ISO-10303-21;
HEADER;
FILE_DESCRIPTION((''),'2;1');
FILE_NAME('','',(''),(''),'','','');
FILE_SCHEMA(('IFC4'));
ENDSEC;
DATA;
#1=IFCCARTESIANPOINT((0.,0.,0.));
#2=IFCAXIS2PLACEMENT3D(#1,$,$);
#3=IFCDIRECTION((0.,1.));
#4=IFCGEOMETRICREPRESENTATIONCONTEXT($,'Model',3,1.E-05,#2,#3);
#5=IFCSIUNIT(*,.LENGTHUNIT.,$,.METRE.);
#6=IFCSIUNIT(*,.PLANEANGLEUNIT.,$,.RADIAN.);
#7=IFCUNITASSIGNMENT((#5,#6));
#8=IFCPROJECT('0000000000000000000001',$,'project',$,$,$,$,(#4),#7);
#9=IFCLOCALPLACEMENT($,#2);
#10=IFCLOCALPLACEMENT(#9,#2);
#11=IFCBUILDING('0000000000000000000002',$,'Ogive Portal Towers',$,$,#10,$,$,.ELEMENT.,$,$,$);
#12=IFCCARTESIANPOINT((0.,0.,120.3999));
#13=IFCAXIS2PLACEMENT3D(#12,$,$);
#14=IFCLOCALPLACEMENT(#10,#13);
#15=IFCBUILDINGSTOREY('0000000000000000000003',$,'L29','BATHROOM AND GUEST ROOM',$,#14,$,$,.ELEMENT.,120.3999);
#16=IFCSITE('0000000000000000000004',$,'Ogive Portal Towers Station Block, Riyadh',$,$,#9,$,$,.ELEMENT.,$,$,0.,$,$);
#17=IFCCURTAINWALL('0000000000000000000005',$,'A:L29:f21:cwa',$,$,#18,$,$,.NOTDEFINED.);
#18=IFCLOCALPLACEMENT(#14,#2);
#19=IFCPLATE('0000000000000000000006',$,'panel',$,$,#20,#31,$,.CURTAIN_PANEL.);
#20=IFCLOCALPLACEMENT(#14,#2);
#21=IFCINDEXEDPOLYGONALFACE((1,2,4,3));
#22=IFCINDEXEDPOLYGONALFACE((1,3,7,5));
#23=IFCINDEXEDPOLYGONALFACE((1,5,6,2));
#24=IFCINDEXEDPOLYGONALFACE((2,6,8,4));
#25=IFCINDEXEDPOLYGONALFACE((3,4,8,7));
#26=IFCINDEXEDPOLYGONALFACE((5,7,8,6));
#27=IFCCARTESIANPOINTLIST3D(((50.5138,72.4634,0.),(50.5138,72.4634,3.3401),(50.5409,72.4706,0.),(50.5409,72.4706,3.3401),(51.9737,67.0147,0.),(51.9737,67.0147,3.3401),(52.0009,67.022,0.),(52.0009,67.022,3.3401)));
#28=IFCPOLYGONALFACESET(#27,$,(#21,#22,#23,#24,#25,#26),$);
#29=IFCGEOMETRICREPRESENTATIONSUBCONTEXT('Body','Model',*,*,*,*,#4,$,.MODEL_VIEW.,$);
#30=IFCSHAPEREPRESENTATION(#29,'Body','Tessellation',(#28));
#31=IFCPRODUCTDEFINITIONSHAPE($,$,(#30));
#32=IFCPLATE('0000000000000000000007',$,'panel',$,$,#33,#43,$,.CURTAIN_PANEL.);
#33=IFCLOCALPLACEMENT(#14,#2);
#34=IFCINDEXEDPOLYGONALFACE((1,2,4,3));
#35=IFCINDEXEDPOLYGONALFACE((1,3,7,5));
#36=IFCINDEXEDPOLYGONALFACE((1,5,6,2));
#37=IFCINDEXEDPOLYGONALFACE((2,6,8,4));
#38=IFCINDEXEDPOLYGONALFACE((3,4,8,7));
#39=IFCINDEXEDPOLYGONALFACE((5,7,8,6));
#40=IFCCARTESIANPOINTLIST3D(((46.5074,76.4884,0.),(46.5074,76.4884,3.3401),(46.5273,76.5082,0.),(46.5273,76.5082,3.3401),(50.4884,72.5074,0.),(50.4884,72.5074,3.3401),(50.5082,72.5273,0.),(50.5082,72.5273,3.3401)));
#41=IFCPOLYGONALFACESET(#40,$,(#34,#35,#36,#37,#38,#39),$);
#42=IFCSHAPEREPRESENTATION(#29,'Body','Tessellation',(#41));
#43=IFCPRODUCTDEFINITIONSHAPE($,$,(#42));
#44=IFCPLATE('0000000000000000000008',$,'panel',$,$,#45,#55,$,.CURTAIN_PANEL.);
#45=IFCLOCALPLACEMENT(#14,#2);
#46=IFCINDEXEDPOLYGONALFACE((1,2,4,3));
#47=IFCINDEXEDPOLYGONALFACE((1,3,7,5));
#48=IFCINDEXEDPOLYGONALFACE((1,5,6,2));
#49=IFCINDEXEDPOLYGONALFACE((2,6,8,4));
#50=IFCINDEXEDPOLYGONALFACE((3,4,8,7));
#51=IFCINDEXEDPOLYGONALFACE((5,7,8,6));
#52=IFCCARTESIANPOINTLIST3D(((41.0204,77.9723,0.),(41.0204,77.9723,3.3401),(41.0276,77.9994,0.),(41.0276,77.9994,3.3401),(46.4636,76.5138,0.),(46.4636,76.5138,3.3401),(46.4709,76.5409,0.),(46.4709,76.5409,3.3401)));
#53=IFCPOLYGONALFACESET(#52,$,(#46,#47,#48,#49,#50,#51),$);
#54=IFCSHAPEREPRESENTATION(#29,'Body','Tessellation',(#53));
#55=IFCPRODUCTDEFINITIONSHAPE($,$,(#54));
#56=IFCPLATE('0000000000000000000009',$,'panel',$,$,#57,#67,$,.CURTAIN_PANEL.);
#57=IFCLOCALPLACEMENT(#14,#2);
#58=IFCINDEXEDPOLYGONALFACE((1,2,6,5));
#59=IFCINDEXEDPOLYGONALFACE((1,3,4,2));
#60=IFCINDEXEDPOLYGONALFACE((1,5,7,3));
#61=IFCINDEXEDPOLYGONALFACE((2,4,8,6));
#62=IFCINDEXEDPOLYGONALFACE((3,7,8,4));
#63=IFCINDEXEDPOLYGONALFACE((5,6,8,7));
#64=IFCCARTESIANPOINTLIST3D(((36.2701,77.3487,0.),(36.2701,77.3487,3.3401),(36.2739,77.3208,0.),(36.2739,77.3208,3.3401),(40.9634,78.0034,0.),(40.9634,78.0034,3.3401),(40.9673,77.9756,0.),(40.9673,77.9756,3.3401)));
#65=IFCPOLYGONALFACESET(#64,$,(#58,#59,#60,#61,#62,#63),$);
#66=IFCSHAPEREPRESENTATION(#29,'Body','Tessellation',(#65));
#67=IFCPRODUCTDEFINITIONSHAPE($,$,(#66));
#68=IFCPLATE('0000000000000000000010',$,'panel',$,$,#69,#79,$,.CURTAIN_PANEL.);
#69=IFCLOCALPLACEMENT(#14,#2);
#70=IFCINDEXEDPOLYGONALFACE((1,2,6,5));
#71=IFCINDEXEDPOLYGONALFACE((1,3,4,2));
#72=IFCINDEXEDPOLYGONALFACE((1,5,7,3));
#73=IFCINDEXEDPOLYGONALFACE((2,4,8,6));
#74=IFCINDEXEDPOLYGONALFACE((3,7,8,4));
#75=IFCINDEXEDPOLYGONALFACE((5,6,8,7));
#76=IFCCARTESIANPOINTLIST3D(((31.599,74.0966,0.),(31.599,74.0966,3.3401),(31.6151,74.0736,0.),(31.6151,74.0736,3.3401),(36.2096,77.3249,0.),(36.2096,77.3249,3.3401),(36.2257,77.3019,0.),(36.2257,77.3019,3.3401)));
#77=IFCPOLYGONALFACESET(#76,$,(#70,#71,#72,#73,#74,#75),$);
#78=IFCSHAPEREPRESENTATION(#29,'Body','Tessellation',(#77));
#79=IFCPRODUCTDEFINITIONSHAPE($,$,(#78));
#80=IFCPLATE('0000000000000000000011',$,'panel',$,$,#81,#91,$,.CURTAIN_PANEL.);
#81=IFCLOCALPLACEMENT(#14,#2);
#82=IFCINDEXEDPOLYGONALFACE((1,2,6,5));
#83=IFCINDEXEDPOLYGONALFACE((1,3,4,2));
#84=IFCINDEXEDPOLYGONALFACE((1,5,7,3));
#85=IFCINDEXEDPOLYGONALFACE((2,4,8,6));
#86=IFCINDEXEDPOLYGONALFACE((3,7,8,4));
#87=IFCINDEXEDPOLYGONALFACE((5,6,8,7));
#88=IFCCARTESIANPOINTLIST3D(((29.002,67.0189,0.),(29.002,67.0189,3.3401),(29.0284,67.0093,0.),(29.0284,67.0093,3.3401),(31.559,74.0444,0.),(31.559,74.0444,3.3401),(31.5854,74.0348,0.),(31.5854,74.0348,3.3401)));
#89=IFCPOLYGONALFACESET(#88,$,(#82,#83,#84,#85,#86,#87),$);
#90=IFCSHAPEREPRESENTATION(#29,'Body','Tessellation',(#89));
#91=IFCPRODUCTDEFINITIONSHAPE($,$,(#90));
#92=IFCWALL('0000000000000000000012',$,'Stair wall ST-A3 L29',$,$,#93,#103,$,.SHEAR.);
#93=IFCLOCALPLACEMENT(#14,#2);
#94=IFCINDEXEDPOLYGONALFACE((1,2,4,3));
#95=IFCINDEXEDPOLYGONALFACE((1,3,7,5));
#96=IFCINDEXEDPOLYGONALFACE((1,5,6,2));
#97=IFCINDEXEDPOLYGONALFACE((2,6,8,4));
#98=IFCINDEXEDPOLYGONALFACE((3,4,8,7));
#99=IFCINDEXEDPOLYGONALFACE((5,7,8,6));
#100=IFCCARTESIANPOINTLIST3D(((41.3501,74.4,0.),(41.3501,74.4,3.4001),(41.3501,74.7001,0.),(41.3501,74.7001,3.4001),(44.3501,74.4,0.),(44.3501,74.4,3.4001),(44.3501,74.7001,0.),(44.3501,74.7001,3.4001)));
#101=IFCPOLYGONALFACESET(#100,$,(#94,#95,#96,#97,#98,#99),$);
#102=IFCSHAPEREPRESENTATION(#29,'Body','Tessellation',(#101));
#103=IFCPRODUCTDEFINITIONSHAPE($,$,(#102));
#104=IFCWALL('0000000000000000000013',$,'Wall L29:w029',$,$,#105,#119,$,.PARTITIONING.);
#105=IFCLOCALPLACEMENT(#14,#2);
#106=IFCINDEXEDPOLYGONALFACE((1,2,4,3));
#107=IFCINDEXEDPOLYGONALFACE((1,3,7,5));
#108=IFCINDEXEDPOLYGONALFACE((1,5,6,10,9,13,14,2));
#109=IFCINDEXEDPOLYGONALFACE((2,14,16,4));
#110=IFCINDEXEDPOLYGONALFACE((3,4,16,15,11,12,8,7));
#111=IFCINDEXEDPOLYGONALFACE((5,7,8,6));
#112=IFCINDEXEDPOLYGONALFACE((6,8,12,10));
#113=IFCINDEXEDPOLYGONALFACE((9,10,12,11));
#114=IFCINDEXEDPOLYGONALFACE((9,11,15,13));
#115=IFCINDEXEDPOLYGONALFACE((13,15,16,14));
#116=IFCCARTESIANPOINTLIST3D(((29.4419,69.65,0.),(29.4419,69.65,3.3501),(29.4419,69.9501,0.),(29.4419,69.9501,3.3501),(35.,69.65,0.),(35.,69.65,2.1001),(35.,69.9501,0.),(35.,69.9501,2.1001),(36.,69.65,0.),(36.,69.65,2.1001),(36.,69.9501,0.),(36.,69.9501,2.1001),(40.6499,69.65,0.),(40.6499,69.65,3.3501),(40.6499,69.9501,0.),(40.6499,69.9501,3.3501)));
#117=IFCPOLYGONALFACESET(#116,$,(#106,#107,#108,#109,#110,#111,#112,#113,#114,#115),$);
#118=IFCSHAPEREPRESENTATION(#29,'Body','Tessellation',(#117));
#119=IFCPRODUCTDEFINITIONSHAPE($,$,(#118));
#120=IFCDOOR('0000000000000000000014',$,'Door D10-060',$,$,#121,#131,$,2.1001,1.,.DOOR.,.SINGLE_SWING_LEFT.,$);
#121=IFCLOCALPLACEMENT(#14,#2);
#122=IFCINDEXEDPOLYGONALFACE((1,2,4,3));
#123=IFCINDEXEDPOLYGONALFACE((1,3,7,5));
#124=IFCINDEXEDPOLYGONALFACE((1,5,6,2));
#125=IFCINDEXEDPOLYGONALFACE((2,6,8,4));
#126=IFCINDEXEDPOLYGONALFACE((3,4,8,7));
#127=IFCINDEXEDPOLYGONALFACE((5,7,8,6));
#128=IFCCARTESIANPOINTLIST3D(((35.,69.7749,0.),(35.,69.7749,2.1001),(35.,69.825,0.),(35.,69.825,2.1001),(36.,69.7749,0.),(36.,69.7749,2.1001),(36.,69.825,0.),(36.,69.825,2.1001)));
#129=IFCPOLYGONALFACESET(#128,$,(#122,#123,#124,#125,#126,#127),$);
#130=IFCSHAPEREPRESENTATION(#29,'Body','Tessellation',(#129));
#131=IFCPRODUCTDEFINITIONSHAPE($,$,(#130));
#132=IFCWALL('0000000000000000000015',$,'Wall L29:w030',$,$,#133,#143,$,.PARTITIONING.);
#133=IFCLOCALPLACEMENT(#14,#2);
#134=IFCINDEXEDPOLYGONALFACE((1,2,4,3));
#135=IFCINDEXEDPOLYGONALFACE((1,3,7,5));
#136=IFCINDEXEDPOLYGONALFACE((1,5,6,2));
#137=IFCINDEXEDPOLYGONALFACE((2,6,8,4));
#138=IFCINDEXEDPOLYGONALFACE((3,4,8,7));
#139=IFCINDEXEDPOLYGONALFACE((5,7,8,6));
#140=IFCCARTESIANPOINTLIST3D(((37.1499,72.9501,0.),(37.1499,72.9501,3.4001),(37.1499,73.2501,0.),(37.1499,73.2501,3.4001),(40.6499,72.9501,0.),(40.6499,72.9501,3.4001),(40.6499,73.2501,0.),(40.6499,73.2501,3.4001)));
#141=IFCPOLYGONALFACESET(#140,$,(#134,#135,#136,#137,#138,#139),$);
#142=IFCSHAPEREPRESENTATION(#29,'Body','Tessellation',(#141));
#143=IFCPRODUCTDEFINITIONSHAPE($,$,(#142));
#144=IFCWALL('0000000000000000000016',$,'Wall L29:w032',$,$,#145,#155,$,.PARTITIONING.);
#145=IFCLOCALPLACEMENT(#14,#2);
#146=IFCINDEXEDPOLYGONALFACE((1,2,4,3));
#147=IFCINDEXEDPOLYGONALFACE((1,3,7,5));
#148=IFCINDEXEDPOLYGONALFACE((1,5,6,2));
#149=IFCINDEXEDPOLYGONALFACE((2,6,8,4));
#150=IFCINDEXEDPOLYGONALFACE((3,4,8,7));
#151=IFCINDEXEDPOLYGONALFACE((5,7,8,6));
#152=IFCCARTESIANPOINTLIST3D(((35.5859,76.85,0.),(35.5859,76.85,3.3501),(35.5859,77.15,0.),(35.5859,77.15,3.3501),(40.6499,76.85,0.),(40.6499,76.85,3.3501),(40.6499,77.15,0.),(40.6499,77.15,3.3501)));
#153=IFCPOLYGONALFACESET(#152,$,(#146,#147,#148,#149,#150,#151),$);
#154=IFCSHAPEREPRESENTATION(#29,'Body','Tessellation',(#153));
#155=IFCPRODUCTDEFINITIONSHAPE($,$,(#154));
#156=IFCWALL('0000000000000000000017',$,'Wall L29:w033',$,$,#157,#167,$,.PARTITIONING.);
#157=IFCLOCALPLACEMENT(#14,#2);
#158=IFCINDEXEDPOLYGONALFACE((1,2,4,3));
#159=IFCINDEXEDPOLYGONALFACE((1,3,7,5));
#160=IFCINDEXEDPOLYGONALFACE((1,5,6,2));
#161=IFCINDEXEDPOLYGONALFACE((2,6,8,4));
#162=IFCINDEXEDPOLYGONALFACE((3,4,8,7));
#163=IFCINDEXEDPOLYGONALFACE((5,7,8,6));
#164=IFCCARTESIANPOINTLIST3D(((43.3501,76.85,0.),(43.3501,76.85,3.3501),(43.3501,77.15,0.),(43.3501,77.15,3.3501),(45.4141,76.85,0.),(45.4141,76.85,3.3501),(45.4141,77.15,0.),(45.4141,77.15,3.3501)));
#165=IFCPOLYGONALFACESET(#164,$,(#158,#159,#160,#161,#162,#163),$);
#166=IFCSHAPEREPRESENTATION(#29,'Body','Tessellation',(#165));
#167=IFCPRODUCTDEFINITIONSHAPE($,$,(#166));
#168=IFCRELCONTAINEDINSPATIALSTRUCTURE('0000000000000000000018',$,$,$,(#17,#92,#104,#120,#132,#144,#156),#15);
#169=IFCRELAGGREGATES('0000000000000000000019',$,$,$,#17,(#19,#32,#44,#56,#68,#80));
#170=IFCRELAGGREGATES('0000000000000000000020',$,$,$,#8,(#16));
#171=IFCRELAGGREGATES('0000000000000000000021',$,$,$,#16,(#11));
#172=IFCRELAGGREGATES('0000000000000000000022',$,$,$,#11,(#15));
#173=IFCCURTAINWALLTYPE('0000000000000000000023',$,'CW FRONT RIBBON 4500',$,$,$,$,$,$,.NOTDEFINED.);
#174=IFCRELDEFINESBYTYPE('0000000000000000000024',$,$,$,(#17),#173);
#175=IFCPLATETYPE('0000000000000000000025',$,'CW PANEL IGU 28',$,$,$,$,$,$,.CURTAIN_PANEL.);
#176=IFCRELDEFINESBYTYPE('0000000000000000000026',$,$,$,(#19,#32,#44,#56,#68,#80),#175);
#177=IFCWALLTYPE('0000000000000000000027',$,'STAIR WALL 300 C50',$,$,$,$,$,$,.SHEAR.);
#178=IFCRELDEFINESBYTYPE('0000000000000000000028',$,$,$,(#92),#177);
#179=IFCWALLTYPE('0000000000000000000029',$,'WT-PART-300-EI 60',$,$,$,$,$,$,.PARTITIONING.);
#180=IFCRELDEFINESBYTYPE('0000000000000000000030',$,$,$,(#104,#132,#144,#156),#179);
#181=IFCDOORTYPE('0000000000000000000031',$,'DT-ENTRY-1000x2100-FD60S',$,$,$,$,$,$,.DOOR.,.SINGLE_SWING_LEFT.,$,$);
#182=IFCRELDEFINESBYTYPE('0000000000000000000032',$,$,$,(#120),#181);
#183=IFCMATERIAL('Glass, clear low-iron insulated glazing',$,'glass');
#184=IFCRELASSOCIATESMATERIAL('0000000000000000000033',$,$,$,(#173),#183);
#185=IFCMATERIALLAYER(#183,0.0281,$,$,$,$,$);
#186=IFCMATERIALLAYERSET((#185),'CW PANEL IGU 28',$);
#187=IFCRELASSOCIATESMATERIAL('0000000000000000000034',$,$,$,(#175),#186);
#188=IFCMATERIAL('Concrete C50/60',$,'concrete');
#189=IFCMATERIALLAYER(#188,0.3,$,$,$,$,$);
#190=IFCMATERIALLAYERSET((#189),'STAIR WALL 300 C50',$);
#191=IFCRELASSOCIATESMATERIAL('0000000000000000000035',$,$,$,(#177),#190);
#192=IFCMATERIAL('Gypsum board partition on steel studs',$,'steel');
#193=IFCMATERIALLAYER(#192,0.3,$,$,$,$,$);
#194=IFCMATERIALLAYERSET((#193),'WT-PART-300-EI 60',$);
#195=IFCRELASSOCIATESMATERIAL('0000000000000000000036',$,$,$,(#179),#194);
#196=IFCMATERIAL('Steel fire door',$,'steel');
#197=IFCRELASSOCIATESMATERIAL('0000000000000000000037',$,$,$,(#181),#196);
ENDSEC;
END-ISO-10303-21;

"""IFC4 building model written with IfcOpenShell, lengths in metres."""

from ifc_helpers import new_model, si_unit, direction, frame, frame_2d, origin, origin_2d, place, context, subcontext, project, spatial, rectangle, extrude, material, layer, layer_set, type_object, element, fill, aggregate, save


model = new_model("IFC4")

# Units and contexts
model_context = context("Model", 3, precision=1e-05, world=origin(), true_north=direction((0.0, 1.0)))
body_context = subcontext(model_context, "Body", "Model", "MODEL_VIEW")
ifc_project = project(units=[si_unit("LENGTHUNIT", "METRE"), si_unit("PLANEANGLEUNIT", "RADIAN")], contexts=[model_context])

# Site, building, storey
site_placement = place(None, origin())
site = spatial("IfcSite", under=ifc_project, at=site_placement, Name="Ogive Portal Towers Station Block, Riyadh", CompositionType="ELEMENT", RefElevation=0.0)
building_placement = place(site_placement, origin())
building = spatial("IfcBuilding", under=site, at=building_placement, Name="Ogive Portal Towers", CompositionType="ELEMENT")
storey_placement = place(building_placement, frame((0.0, 0.0, 120.3999)))
storey = spatial("IfcBuildingStorey", under=building, at=storey_placement, Name="L29", Description="BATHROOM AND GUEST ROOM", CompositionType="ELEMENT", Elevation=120.3999)

# Curtain wall, plates
ifc_material_1 = material(Name="Glass, clear low-iron insulated glazing", Category="glass")
curtain_wall_type = type_object("IfcCurtainWallType", Name="CW FRONT RIBBON 4500", PredefinedType="NOTDEFINED", material=ifc_material_1)
curtain_wall_placement = place(storey_placement, origin())
curtain_wall = element("IfcCurtainWall", 1, at=curtain_wall_placement, inside=storey, type_object=curtain_wall_type, Name="A:L29:f21:cwa", PredefinedType="NOTDEFINED")
ifc_layer_1 = layer(ifc_material_1, 0.0281)
ifc_layer_set_1 = layer_set([ifc_layer_1], Name="CW PANEL IGU 28")
plate_type = type_object("IfcPlateType", Name="CW PANEL IGU 28", PredefinedType="CURTAIN_PANEL", material=ifc_layer_set_1)
plate_1_placement = place(storey_placement, frame((51.2573, 69.7427, 0.0), z_axis=(0.0, 0.0, 1.0), x_axis=(-0.258819, 0.965926, 0.0)))
plate_1 = element("IfcPlate", 2, at=plate_1_placement, type_object=plate_type, Name="panel", PredefinedType="CURTAIN_PANEL", context=body_context, shape_type="SweptSolid", body=[
    extrude(rectangle(XDim=5.6409, YDim=0.0281, at=origin_2d()), origin(), (0.0, 0.0, 1.0), 3.3401),
])
plate_2_placement = place(storey_placement, frame((48.5078, 74.5078, 0.0), z_axis=(0.0, 0.0, 1.0), x_axis=(-0.707107, 0.707107, 0.0)))
plate_2 = element("IfcPlate", 3, at=plate_2_placement, type_object=plate_type, Name="panel", PredefinedType="CURTAIN_PANEL", context=body_context, shape_type="SweptSolid", body=[
    extrude(rectangle(XDim=5.6299, YDim=0.0281, at=origin_2d()), origin(), (0.0, 0.0, 1.0), 3.3401),
])
plate_3_placement = place(storey_placement, frame((43.7456, 77.2566, 0.0), z_axis=(0.0, 0.0, 1.0), x_axis=(-0.965926, 0.258819, 0.0)))
plate_3 = element("IfcPlate", 4, at=plate_3_placement, type_object=plate_type, Name="panel", PredefinedType="CURTAIN_PANEL", context=body_context, shape_type="SweptSolid", body=[
    extrude(rectangle(XDim=5.6353, YDim=0.0281, at=origin_2d()), origin(), (0.0, 0.0, 1.0), 3.3401),
])
plate_4_placement = place(storey_placement, frame((38.6187, 77.6621, 0.0), z_axis=(0.0, 0.0, 1.0), x_axis=(-0.99041, -0.138161, 0.0)))
plate_4 = element("IfcPlate", 5, at=plate_4_placement, type_object=plate_type, Name="panel", PredefinedType="CURTAIN_PANEL", context=body_context, shape_type="SweptSolid", body=[
    extrude(rectangle(XDim=4.7388, YDim=0.0281, at=origin_2d()), origin(), (0.0, 0.0, 1.0), 3.3401),
])
plate_5_placement = place(storey_placement, frame((33.9124, 75.6992, 0.0), z_axis=(0.0, 0.0, 1.0), x_axis=(-0.819152, -0.573576, 0.0)))
plate_5 = element("IfcPlate", 6, at=plate_5_placement, type_object=plate_type, Name="panel", PredefinedType="CURTAIN_PANEL", context=body_context, shape_type="SweptSolid", body=[
    extrude(rectangle(XDim=5.6284, YDim=0.0281, at=origin_2d()), origin(), (0.0, 0.0, 1.0), 3.3401),
])
plate_6_placement = place(storey_placement, frame((30.2937, 70.5269, 0.0), z_axis=(0.0, 0.0, 1.0), x_axis=(-0.34202, -0.939693, 0.0)))
plate_6 = element("IfcPlate", 7, at=plate_6_placement, type_object=plate_type, Name="panel", PredefinedType="CURTAIN_PANEL", context=body_context, shape_type="SweptSolid", body=[
    extrude(rectangle(XDim=7.4763, YDim=0.0281, at=origin_2d()), origin(), (0.0, 0.0, 1.0), 3.3401),
])
aggregate(curtain_wall, [plate_1, plate_2, plate_3, plate_4, plate_5, plate_6])

# Wall
ifc_material_2 = material(Name="Concrete C50/60", Category="concrete")
ifc_layer_2 = layer(ifc_material_2, 0.3)
ifc_layer_set_2 = layer_set([ifc_layer_2], Name="STAIR WALL 300 C50")
wall_type_1 = type_object("IfcWallType", Name="STAIR WALL 300 C50", PredefinedType="SHEAR", material=ifc_layer_set_2)
wall_1_placement = place(storey_placement, frame((41.3501, 74.55, 0.0), z_axis=(0.0, 0.0, 1.0), x_axis=(1.0, 0.0, 0.0)))
element("IfcWall", 8, at=wall_1_placement, inside=storey, type_object=wall_type_1, Name="Stair wall ST-A3 L29", PredefinedType="SHEAR", context=body_context, shape_type="SweptSolid", body=[
    extrude(rectangle(XDim=3.0, YDim=0.3, at=frame_2d((1.5, 0.0))), origin(), (0.0, 0.0, 1.0), 3.4001),
])

# Wall, opening, door
ifc_material_3 = material(Name="Gypsum board partition on steel studs", Category="steel")
ifc_layer_3 = layer(ifc_material_3, 0.3)
ifc_layer_set_3 = layer_set([ifc_layer_3], Name="WT-PART-300-EI 60")
wall_type_2 = type_object("IfcWallType", Name="WT-PART-300-EI 60", PredefinedType="PARTITIONING", material=ifc_layer_set_3)
wall_2_placement = place(storey_placement, frame((29.4419, 69.8, 0.0), z_axis=(0.0, 0.0, 1.0), x_axis=(1.0, 0.0, 0.0)))
wall_2 = element("IfcWall", 9, at=wall_2_placement, inside=storey, type_object=wall_type_2, Name="Wall L29:w029", PredefinedType="PARTITIONING", context=body_context, shape_type="SweptSolid", body=[
    extrude(rectangle(XDim=11.208, YDim=0.3, at=frame_2d((5.604, 0.0))), origin(), (0.0, 0.0, 1.0), 3.3501),
])
opening_1_placement = place(wall_2_placement, frame((5.5581, 0.0, 0.0)))
opening_1 = element("IfcOpeningElement", 10, at=opening_1_placement, cuts=wall_2, PredefinedType="OPENING", context=body_context, shape_type="SweptSolid", body=[
    extrude(rectangle(XDim=1.0, YDim=2.1001, at=frame_2d((0.5, 1.05))), frame((0.0, 0.1602, 0.0), z_axis=(0.0, -1.0, 0.0), x_axis=(1.0, 0.0, 0.0)), (0.0, 0.0, 1.0), 0.3201),
])
ifc_material_4 = material(Name="Steel fire door", Category="steel")
door_type_1 = type_object("IfcDoorType", Name="DT-ENTRY-1000x2100-FD60S", OperationType="SINGLE_SWING_LEFT", PredefinedType="DOOR", material=ifc_material_4)
door_1_placement = place(opening_1_placement, origin())
door_1 = element("IfcDoor", 11, at=door_1_placement, inside=storey, type_object=door_type_1, Name="Door D10-060", OperationType="SINGLE_SWING_LEFT", OverallHeight=2.1001, OverallWidth=1.0, PredefinedType="DOOR", context=body_context, shape_type="SweptSolid", body=[
    extrude(rectangle(XDim=1.0, YDim=2.1001, at=frame_2d((0.5, 1.05))), frame((0.0, 0.0249, 0.0), z_axis=(0.0, -1.0, 0.0), x_axis=(1.0, 0.0, 0.0)), (0.0, 0.0, 1.0), 0.05),
])
fill(opening_1, door_1)

# Walls
wall_3_placement = place(storey_placement, frame((37.1499, 73.1001, 0.0), z_axis=(0.0, 0.0, 1.0), x_axis=(1.0, 0.0, 0.0)))
element("IfcWall", 12, at=wall_3_placement, inside=storey, type_object=wall_type_2, Name="Wall L29:w030", PredefinedType="PARTITIONING", context=body_context, shape_type="SweptSolid", body=[
    extrude(rectangle(XDim=3.5, YDim=0.3, at=frame_2d((1.75, 0.0))), origin(), (0.0, 0.0, 1.0), 3.4001),
])
wall_4_placement = place(storey_placement, frame((35.5859, 77.0, 0.0), z_axis=(0.0, 0.0, 1.0), x_axis=(1.0, 0.0, 0.0)))
element("IfcWall", 13, at=wall_4_placement, inside=storey, type_object=wall_type_2, Name="Wall L29:w032", PredefinedType="PARTITIONING", context=body_context, shape_type="SweptSolid", body=[
    extrude(rectangle(XDim=5.064, YDim=0.3, at=frame_2d((2.532, 0.0))), origin(), (0.0, 0.0, 1.0), 3.3501),
])
wall_5_placement = place(storey_placement, frame((43.3501, 77.0, 0.0), z_axis=(0.0, 0.0, 1.0), x_axis=(1.0, 0.0, 0.0)))
element("IfcWall", 14, at=wall_5_placement, inside=storey, type_object=wall_type_2, Name="Wall L29:w033", PredefinedType="PARTITIONING", context=body_context, shape_type="SweptSolid", body=[
    extrude(rectangle(XDim=2.064, YDim=0.3, at=frame_2d((1.032, 0.0))), origin(), (0.0, 0.0, 1.0), 3.3501),
])

save(model, "model.ifc")
